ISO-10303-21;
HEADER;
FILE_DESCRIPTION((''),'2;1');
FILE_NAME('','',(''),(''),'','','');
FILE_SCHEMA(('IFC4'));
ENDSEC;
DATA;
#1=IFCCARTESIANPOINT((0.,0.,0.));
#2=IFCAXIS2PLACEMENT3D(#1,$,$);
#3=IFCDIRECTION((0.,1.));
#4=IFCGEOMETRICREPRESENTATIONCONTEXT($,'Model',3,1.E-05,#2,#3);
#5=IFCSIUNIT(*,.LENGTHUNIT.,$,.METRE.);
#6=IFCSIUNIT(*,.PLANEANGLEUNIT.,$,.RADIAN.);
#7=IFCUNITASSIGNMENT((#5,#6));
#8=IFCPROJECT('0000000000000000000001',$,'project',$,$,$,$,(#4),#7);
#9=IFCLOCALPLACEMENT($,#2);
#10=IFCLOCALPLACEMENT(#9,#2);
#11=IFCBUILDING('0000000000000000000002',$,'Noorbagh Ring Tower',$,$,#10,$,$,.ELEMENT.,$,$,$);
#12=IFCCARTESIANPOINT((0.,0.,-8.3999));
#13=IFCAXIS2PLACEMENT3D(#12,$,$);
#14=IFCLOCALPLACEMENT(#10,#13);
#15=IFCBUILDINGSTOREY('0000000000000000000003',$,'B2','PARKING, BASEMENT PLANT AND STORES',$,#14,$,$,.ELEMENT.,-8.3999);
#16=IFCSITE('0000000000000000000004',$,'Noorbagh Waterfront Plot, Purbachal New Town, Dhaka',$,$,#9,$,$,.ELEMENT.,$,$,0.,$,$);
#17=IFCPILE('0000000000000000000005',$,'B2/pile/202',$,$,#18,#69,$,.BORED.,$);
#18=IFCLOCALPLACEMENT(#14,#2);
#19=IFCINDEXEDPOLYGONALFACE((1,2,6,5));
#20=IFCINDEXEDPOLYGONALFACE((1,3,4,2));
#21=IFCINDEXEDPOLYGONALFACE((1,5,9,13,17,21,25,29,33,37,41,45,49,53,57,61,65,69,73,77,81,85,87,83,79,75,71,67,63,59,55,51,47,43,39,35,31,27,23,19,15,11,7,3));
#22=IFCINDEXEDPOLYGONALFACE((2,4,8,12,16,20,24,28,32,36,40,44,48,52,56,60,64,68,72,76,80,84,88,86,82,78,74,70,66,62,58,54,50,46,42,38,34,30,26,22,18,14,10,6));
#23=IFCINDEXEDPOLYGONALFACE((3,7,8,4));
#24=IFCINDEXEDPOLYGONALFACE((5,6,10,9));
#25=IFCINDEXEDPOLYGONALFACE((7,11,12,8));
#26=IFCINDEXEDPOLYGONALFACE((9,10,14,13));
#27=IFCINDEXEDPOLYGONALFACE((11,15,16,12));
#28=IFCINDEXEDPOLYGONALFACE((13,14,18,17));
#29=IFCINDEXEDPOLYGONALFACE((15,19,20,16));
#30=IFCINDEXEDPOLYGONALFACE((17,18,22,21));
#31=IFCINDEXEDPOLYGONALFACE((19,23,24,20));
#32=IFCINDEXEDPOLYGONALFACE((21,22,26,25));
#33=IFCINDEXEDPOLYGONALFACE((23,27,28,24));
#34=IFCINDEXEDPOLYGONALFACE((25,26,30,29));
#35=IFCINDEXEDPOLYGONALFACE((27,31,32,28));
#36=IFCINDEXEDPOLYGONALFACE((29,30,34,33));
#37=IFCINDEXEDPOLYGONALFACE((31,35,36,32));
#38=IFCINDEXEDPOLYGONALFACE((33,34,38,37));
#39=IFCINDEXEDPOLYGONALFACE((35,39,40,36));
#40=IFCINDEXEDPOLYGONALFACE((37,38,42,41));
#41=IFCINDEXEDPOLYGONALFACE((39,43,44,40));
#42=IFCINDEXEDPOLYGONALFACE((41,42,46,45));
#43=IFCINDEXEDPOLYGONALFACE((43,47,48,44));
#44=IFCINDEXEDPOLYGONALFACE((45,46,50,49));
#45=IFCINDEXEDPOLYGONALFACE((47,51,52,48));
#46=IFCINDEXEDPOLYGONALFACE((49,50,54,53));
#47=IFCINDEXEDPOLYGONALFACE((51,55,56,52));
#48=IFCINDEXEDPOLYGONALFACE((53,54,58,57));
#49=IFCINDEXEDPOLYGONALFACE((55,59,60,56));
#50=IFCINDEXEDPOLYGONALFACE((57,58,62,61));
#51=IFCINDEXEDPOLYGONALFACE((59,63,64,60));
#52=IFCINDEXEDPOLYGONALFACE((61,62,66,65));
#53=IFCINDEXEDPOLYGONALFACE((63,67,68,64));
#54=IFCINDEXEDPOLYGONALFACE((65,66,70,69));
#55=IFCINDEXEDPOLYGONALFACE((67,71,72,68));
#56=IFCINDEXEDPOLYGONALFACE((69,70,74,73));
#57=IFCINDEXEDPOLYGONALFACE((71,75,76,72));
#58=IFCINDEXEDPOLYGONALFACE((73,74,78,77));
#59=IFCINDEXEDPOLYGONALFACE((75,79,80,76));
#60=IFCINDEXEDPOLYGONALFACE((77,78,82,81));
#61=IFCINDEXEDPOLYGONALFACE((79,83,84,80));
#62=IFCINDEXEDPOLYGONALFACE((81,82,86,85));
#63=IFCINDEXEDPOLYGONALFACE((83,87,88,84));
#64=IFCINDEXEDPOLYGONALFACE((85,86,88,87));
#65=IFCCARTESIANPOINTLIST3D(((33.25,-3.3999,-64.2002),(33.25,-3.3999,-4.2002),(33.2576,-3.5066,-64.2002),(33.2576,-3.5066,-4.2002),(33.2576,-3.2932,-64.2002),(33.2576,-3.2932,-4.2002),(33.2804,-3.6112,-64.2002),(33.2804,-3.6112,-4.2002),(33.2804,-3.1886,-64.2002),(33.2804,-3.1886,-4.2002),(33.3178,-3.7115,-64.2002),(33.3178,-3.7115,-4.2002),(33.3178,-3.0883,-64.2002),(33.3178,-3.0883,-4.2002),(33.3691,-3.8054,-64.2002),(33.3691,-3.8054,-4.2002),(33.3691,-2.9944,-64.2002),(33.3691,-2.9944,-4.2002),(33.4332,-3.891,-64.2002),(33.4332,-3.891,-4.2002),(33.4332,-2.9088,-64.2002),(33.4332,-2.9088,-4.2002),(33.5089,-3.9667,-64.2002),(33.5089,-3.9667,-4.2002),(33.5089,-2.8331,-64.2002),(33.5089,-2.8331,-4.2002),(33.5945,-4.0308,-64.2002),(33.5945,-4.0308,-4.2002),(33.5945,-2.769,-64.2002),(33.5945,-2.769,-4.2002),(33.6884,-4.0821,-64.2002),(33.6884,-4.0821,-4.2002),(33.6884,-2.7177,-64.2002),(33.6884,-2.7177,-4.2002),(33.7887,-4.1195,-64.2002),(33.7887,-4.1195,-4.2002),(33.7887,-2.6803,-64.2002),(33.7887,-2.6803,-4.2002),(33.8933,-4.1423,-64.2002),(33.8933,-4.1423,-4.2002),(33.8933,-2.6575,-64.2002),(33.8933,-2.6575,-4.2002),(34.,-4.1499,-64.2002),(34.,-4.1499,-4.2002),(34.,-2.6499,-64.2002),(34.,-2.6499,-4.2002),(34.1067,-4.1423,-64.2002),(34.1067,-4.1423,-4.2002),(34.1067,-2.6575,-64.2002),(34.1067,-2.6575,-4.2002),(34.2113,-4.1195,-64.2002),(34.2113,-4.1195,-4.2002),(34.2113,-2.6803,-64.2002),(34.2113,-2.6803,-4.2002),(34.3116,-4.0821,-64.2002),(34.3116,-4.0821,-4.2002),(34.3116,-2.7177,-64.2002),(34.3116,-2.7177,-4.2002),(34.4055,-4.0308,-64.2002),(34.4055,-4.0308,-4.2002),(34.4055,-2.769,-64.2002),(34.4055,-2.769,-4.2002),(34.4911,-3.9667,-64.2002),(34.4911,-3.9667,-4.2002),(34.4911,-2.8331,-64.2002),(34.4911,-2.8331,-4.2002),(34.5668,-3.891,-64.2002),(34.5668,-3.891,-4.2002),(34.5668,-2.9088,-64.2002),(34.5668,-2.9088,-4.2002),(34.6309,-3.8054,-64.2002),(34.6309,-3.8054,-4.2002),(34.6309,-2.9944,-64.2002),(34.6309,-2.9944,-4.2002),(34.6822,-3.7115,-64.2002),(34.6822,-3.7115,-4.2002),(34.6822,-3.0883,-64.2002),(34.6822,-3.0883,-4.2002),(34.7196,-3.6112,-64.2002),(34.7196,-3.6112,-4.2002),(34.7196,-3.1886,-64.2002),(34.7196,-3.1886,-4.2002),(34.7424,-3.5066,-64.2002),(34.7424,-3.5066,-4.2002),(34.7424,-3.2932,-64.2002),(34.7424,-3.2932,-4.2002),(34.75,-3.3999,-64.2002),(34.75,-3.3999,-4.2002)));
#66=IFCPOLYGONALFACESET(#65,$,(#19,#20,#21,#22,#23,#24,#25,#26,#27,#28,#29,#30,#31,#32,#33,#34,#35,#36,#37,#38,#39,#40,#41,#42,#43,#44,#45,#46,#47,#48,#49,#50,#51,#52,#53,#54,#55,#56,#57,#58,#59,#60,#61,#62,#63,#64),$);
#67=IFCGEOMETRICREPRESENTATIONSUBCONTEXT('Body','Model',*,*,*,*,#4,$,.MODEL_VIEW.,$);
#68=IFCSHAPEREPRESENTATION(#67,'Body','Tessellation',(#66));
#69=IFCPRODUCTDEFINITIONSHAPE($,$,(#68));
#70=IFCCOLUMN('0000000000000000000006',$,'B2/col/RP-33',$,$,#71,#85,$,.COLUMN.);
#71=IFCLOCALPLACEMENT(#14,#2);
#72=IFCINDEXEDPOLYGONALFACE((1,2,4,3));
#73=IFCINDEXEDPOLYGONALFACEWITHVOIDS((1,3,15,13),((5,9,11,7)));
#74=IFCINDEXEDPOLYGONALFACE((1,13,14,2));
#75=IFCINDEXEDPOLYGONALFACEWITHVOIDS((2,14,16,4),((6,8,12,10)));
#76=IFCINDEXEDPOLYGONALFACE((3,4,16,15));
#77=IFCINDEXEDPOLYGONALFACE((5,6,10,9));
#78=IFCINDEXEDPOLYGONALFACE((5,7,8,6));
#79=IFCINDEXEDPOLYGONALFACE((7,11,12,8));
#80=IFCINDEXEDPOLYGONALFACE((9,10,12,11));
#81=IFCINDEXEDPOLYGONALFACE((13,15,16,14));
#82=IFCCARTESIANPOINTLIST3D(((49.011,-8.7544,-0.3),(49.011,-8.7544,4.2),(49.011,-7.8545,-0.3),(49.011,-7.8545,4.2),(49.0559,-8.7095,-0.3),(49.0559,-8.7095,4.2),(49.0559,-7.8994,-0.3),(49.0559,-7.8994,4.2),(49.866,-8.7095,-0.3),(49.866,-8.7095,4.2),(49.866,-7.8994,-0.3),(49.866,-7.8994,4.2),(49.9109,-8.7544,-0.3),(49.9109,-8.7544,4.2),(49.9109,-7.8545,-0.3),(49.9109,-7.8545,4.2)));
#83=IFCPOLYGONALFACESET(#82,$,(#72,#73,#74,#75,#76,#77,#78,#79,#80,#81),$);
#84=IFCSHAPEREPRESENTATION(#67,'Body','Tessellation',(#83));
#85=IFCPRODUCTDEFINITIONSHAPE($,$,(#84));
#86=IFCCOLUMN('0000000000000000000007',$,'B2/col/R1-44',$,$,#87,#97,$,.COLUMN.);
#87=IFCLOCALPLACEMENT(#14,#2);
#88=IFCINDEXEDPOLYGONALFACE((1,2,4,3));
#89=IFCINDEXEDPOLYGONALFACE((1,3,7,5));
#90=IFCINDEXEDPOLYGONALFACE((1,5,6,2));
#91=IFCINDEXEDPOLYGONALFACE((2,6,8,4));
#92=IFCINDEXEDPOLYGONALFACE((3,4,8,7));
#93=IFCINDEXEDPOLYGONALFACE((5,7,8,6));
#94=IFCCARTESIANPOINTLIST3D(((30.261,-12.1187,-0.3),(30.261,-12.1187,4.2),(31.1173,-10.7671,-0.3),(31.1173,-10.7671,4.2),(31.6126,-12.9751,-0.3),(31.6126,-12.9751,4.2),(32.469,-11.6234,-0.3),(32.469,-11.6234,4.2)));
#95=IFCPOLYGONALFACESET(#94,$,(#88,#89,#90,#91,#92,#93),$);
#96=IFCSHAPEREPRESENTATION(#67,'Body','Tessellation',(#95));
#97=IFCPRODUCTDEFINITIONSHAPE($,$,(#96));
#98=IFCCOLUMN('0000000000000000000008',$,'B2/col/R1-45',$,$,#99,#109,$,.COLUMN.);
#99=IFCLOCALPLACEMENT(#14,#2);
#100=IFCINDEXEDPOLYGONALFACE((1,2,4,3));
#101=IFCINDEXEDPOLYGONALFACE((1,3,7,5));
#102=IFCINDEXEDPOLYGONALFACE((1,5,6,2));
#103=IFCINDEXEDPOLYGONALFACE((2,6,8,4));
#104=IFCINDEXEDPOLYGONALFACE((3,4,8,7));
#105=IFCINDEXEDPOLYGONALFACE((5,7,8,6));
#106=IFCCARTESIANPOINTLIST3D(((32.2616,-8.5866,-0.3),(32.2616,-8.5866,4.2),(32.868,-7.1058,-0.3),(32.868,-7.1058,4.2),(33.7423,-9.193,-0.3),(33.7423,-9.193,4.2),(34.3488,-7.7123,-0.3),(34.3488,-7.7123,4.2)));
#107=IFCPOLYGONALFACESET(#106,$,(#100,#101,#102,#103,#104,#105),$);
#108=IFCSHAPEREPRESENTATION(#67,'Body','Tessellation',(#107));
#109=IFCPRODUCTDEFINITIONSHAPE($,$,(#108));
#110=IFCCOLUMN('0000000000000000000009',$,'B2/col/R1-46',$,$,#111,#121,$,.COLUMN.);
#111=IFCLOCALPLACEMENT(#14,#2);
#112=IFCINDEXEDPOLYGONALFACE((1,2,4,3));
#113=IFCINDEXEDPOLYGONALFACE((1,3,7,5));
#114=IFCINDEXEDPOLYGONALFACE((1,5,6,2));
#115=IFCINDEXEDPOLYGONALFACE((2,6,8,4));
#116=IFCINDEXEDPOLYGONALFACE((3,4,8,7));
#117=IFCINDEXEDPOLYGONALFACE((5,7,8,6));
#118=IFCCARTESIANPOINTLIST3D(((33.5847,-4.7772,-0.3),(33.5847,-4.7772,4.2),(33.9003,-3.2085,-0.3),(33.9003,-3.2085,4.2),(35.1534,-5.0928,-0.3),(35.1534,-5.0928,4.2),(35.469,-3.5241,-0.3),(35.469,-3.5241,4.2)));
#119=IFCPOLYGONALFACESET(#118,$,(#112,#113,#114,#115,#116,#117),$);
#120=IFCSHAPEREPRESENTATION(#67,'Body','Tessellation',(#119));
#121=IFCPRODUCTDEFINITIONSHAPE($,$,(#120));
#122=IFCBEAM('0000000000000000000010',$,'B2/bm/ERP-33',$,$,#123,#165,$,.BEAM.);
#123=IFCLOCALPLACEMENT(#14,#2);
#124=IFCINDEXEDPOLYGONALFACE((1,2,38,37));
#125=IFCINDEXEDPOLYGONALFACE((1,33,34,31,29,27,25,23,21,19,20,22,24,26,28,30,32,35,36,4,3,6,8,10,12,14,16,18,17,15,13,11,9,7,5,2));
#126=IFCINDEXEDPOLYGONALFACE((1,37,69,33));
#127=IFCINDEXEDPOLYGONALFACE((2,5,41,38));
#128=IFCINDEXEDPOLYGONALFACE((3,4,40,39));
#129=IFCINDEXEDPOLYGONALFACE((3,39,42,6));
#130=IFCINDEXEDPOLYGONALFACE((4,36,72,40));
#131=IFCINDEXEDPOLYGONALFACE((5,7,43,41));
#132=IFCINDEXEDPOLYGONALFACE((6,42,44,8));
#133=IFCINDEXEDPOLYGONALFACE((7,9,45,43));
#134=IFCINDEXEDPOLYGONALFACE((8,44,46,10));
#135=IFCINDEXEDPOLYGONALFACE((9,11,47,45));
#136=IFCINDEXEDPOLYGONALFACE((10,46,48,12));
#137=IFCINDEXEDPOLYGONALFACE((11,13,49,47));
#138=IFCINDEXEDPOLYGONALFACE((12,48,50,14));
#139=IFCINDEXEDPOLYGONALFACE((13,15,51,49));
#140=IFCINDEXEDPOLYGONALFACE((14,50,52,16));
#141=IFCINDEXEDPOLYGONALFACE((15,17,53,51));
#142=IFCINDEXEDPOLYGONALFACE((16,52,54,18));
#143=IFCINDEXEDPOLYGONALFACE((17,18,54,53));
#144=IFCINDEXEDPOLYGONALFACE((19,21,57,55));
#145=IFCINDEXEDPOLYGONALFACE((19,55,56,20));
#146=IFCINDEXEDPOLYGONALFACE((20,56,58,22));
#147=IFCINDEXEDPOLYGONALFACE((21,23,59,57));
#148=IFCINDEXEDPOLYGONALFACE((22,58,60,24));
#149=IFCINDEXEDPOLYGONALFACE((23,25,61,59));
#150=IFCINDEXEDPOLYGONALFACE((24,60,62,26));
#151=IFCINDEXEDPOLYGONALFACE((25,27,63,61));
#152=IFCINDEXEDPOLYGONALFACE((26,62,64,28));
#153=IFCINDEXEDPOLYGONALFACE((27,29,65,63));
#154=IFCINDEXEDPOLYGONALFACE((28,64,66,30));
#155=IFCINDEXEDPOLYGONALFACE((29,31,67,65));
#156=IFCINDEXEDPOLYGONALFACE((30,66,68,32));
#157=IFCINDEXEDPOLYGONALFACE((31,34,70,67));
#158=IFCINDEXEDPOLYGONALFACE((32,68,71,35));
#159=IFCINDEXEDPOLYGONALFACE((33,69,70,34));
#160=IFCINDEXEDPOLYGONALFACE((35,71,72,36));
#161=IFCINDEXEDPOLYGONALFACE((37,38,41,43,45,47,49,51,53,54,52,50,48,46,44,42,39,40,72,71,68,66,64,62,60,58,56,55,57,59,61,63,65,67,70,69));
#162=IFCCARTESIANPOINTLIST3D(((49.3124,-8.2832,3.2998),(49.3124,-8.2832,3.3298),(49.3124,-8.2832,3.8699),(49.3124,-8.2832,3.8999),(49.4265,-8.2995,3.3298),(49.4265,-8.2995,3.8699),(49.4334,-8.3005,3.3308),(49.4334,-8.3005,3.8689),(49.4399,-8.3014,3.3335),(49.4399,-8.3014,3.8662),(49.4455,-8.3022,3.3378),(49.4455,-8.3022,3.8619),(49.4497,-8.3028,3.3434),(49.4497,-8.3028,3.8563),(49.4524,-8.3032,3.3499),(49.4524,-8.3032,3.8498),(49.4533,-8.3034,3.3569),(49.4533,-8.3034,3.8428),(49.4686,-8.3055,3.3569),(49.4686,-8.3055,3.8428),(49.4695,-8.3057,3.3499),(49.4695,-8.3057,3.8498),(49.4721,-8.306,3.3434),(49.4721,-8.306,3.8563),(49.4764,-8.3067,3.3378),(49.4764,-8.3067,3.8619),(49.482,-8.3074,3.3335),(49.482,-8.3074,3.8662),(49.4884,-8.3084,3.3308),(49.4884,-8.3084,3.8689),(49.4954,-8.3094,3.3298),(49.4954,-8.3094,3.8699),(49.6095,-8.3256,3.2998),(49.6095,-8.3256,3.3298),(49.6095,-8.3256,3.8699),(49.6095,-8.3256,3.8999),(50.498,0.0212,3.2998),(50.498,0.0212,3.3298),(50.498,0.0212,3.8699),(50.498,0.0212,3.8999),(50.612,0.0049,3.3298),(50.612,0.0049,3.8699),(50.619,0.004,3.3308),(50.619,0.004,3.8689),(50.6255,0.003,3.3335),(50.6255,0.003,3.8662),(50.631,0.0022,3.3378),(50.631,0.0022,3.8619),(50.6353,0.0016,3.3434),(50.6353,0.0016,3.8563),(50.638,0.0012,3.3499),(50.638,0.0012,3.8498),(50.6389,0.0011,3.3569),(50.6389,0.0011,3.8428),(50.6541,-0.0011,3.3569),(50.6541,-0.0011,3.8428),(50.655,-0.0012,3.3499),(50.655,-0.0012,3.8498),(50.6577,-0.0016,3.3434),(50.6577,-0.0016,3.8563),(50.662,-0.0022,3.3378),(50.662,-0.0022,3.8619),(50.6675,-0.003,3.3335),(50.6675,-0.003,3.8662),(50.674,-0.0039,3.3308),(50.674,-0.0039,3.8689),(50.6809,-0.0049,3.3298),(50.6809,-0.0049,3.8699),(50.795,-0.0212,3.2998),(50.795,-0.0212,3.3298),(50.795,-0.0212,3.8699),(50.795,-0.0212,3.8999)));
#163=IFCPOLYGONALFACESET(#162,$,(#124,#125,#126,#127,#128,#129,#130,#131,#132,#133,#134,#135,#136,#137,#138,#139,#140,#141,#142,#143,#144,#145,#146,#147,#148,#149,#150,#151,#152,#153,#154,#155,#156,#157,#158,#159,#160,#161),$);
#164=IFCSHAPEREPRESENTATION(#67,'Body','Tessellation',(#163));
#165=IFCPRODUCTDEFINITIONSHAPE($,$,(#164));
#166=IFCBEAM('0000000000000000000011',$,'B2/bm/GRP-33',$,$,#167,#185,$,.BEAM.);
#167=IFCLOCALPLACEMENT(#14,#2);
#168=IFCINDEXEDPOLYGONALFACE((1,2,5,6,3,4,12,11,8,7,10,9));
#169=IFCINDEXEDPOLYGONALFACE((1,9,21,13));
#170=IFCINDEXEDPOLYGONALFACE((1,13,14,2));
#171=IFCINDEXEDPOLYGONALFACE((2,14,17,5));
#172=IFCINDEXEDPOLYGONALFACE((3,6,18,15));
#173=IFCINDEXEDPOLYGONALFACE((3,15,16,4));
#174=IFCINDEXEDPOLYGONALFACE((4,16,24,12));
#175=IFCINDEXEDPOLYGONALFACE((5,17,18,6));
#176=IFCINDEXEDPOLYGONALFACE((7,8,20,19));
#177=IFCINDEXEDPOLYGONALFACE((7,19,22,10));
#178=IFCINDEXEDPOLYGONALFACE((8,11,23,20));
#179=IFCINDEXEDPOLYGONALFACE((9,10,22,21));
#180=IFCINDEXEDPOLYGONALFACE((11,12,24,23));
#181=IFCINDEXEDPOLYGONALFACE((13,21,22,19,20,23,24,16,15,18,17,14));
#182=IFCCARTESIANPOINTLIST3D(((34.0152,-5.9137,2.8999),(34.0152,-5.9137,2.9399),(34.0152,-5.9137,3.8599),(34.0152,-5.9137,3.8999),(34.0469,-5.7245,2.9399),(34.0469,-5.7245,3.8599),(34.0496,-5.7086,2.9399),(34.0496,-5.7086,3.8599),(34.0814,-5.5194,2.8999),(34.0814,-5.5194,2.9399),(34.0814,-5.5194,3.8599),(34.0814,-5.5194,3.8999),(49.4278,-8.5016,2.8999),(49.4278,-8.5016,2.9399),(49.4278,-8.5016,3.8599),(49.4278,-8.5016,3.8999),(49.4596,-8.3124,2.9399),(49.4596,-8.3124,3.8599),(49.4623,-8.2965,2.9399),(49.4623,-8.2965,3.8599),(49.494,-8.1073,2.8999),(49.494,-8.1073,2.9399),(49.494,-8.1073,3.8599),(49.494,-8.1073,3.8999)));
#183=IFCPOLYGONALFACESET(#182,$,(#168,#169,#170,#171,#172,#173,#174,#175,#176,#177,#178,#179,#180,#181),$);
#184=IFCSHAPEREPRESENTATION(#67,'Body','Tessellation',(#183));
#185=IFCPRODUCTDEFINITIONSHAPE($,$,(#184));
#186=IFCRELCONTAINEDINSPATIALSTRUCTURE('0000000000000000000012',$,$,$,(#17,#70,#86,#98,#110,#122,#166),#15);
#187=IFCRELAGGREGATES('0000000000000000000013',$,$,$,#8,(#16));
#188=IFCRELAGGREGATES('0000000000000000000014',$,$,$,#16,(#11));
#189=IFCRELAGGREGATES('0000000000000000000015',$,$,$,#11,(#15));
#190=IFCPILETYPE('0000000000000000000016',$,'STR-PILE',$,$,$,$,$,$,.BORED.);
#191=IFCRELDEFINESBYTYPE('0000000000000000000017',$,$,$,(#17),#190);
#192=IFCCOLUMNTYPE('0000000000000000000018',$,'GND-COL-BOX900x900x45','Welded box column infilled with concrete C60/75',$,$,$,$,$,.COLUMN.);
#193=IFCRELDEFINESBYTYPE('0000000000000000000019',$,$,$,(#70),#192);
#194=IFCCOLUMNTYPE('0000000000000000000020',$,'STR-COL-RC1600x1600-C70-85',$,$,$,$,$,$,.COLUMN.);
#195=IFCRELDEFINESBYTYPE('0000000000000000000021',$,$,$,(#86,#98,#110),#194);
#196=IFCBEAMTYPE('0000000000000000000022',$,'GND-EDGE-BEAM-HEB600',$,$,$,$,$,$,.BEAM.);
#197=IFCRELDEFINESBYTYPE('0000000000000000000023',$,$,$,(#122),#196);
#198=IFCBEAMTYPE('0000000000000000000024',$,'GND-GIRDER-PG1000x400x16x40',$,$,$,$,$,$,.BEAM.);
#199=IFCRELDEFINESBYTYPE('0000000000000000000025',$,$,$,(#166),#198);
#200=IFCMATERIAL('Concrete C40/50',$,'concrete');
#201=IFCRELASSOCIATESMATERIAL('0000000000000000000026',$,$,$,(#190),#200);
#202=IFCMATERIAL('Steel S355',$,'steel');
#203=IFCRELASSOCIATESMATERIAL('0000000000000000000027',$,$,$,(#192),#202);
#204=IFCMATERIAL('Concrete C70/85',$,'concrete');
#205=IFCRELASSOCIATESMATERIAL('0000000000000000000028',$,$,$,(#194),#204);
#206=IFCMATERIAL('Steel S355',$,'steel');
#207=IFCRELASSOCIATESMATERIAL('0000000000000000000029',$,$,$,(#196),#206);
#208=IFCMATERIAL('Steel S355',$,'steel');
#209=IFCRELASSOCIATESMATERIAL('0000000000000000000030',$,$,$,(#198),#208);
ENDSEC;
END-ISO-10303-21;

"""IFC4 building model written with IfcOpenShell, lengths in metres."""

from ifc_helpers import new_model, si_unit, direction, frame, origin, origin_2d, place, context, subcontext, project, spatial, rectangle, hollow_rectangle, circle, i_section, extrude, material, material_profile, profile_set, type_object, element, save


model = new_model("IFC4")

# Units and contexts
model_context = context("Model", 3, precision=1e-05, world=origin(), true_north=direction((0.0, 1.0)))
body_context = subcontext(model_context, "Body", "Model", "MODEL_VIEW")
ifc_project = project(units=[si_unit("LENGTHUNIT", "METRE"), si_unit("PLANEANGLEUNIT", "RADIAN")], contexts=[model_context])

# Site, building, storey
site_placement = place(None, origin())
site = spatial("IfcSite", under=ifc_project, at=site_placement, Name="Noorbagh Waterfront Plot, Purbachal New Town, Dhaka", CompositionType="ELEMENT", RefElevation=0.0)
building_placement = place(site_placement, origin())
building = spatial("IfcBuilding", under=site, at=building_placement, Name="Noorbagh Ring Tower", CompositionType="ELEMENT")
storey_placement = place(building_placement, frame((0.0, 0.0, -8.3999)))
storey = spatial("IfcBuildingStorey", under=building, at=storey_placement, Name="B2", Description="PARKING, BASEMENT PLANT AND STORES", CompositionType="ELEMENT", Elevation=-8.3999)

# Pile
ifc_material_1 = material(Name="Concrete C40/50", Category="concrete")
ifc_material_profile_1 = material_profile(ifc_material_1, circle(Radius=0.75, at=origin_2d()), Name="PILE1500")
ifc_profile_set_1 = profile_set([ifc_material_profile_1], Name="Concrete C40/50")
pile_type_1 = type_object("IfcPileType", Name="STR-PILE", PredefinedType="BORED", material=ifc_profile_set_1)
for number, where, z_axis, x_axis, name in (
    (1, (34.0, -3.3999, -4.2002), (0.0, 0.0, -1.0), (1.0, 0.0, 0.0), "B2/pile/202"),
):
    element("IfcPile", number, at=place(storey_placement, frame(where, z_axis=z_axis, x_axis=x_axis)), inside=storey, type_object=pile_type_1, Name=name, PredefinedType="BORED", context=body_context, shape_type="SweptSolid", body=[
        extrude(circle(Radius=0.75, at=origin_2d()), origin(), (0.0, 0.0, 1.0), 60.0),
    ])

# Columns
ifc_material_2 = material(Name="Steel S355", Category="steel")
ifc_material_profile_2 = material_profile(ifc_material_2, hollow_rectangle(XDim=0.8999, YDim=0.8999, WallThickness=0.0449, at=origin_2d()), Name="BOX900x900x45")
ifc_profile_set_2 = profile_set([ifc_material_profile_2], Name="Steel S355")
column_type_1 = type_object("IfcColumnType", Name="GND-COL-BOX900x900x45", Description="Welded box column infilled with concrete C60/75", PredefinedType="COLUMN", material=ifc_profile_set_2)
column_placement = place(storey_placement, frame((49.4609, -8.3044, -0.3), z_axis=(0.0, 0.0, 1.0), x_axis=(1.0, 0.0, 0.0)))
element("IfcColumn", 2, at=column_placement, inside=storey, type_object=column_type_1, Name="B2/col/RP-33", PredefinedType="COLUMN", context=body_context, shape_type="SweptSolid", body=[
    extrude(hollow_rectangle(XDim=0.8999, YDim=0.8999, WallThickness=0.0449, at=origin_2d()), origin(), (0.0, 0.0, 1.0), 4.5),
])
ifc_material_3 = material(Name="Concrete C70/85", Category="concrete")
ifc_material_profile_3 = material_profile(ifc_material_3, rectangle(XDim=1.6001, YDim=1.6001, at=origin_2d()), Name="RC1600x1600")
ifc_profile_set_3 = profile_set([ifc_material_profile_3], Name="Concrete C70/85")
column_type_2 = type_object("IfcColumnType", Name="STR-COL-RC1600x1600-C70-85", PredefinedType="COLUMN", material=ifc_profile_set_3)
for number, where, z_axis, x_axis, name in (
    (3, (31.365, -11.8711, -0.3), (0.0, 0.0, 1.0), (0.53519, 0.844731, 0.0), "B2/col/R1-44"),
    (4, (33.3052, -8.1494, -0.3), (0.0, 0.0, 1.0), (0.378989, 0.925401, 0.0), "B2/col/R1-45"),
    (5, (34.5269, -4.1506, -0.3), (0.0, 0.0, 1.0), (0.19723, 0.980357, 0.0), "B2/col/R1-46"),
):
    element("IfcColumn", number, at=place(storey_placement, frame(where, z_axis=z_axis, x_axis=x_axis)), inside=storey, type_object=column_type_2, Name=name, PredefinedType="COLUMN", context=body_context, shape_type="SweptSolid", body=[
        extrude(rectangle(XDim=1.6001, YDim=1.6001, at=origin_2d()), origin(), (0.0, 0.0, 1.0), 4.5),
    ])

# Beams
ifc_material_4 = material(Name="Steel S355", Category="steel")
ifc_material_profile_4 = material_profile(ifc_material_4, i_section(OverallWidth=0.3, OverallDepth=0.6001, WebThickness=0.0154, FlangeThickness=0.03, FilletRadius=0.0271, at=origin_2d()), Name="HEB600")
ifc_profile_set_4 = profile_set([ifc_material_profile_4], Name="Steel S355")
beam_type_1 = type_object("IfcBeamType", Name="GND-EDGE-BEAM-HEB600", PredefinedType="BEAM", material=ifc_profile_set_4)
beam_1_placement = place(storey_placement, frame((49.4609, -8.3044, 3.5999), z_axis=(0.141328, 0.989963, 0.0), x_axis=(-0.989963, 0.141328, 0.0)))
element("IfcBeam", 6, at=beam_1_placement, inside=storey, type_object=beam_type_1, Name="B2/bm/ERP-33", PredefinedType="BEAM", context=body_context, shape_type="SweptSolid", body=[
    extrude(i_section(OverallWidth=0.3, OverallDepth=0.6001, WebThickness=0.0154, FlangeThickness=0.03, FilletRadius=0.0271, at=origin_2d()), origin(), (0.0, 0.0, 1.0), 8.3887),
])
ifc_material_5 = material(Name="Steel S355", Category="steel")
ifc_material_profile_5 = material_profile(ifc_material_5, i_section(OverallWidth=0.3999, OverallDepth=1.0, WebThickness=0.0161, FlangeThickness=0.04, at=origin_2d()), Name="PG1000x400x16x40")
ifc_profile_set_5 = profile_set([ifc_material_profile_5], Name="Steel S355")
beam_type_2 = type_object("IfcBeamType", Name="GND-GIRDER-PG1000x400x16x40", PredefinedType="BEAM", material=ifc_profile_set_5)
beam_2_placement = place(storey_placement, frame((49.4609, -8.3044, 3.3999), z_axis=(-0.986195, 0.165589, 0.0), x_axis=(-0.165589, -0.986195, 0.0)))
element("IfcBeam", 7, at=beam_2_placement, inside=storey, type_object=beam_type_2, Name="B2/bm/GRP-33", PredefinedType="BEAM", context=body_context, shape_type="SweptSolid", body=[
    extrude(i_section(OverallWidth=0.3999, OverallDepth=1.0, WebThickness=0.0161, FlangeThickness=0.04, at=origin_2d()), origin(), (0.0, 0.0, 1.0), 15.6284),
])

save(model, "model.ifc")
